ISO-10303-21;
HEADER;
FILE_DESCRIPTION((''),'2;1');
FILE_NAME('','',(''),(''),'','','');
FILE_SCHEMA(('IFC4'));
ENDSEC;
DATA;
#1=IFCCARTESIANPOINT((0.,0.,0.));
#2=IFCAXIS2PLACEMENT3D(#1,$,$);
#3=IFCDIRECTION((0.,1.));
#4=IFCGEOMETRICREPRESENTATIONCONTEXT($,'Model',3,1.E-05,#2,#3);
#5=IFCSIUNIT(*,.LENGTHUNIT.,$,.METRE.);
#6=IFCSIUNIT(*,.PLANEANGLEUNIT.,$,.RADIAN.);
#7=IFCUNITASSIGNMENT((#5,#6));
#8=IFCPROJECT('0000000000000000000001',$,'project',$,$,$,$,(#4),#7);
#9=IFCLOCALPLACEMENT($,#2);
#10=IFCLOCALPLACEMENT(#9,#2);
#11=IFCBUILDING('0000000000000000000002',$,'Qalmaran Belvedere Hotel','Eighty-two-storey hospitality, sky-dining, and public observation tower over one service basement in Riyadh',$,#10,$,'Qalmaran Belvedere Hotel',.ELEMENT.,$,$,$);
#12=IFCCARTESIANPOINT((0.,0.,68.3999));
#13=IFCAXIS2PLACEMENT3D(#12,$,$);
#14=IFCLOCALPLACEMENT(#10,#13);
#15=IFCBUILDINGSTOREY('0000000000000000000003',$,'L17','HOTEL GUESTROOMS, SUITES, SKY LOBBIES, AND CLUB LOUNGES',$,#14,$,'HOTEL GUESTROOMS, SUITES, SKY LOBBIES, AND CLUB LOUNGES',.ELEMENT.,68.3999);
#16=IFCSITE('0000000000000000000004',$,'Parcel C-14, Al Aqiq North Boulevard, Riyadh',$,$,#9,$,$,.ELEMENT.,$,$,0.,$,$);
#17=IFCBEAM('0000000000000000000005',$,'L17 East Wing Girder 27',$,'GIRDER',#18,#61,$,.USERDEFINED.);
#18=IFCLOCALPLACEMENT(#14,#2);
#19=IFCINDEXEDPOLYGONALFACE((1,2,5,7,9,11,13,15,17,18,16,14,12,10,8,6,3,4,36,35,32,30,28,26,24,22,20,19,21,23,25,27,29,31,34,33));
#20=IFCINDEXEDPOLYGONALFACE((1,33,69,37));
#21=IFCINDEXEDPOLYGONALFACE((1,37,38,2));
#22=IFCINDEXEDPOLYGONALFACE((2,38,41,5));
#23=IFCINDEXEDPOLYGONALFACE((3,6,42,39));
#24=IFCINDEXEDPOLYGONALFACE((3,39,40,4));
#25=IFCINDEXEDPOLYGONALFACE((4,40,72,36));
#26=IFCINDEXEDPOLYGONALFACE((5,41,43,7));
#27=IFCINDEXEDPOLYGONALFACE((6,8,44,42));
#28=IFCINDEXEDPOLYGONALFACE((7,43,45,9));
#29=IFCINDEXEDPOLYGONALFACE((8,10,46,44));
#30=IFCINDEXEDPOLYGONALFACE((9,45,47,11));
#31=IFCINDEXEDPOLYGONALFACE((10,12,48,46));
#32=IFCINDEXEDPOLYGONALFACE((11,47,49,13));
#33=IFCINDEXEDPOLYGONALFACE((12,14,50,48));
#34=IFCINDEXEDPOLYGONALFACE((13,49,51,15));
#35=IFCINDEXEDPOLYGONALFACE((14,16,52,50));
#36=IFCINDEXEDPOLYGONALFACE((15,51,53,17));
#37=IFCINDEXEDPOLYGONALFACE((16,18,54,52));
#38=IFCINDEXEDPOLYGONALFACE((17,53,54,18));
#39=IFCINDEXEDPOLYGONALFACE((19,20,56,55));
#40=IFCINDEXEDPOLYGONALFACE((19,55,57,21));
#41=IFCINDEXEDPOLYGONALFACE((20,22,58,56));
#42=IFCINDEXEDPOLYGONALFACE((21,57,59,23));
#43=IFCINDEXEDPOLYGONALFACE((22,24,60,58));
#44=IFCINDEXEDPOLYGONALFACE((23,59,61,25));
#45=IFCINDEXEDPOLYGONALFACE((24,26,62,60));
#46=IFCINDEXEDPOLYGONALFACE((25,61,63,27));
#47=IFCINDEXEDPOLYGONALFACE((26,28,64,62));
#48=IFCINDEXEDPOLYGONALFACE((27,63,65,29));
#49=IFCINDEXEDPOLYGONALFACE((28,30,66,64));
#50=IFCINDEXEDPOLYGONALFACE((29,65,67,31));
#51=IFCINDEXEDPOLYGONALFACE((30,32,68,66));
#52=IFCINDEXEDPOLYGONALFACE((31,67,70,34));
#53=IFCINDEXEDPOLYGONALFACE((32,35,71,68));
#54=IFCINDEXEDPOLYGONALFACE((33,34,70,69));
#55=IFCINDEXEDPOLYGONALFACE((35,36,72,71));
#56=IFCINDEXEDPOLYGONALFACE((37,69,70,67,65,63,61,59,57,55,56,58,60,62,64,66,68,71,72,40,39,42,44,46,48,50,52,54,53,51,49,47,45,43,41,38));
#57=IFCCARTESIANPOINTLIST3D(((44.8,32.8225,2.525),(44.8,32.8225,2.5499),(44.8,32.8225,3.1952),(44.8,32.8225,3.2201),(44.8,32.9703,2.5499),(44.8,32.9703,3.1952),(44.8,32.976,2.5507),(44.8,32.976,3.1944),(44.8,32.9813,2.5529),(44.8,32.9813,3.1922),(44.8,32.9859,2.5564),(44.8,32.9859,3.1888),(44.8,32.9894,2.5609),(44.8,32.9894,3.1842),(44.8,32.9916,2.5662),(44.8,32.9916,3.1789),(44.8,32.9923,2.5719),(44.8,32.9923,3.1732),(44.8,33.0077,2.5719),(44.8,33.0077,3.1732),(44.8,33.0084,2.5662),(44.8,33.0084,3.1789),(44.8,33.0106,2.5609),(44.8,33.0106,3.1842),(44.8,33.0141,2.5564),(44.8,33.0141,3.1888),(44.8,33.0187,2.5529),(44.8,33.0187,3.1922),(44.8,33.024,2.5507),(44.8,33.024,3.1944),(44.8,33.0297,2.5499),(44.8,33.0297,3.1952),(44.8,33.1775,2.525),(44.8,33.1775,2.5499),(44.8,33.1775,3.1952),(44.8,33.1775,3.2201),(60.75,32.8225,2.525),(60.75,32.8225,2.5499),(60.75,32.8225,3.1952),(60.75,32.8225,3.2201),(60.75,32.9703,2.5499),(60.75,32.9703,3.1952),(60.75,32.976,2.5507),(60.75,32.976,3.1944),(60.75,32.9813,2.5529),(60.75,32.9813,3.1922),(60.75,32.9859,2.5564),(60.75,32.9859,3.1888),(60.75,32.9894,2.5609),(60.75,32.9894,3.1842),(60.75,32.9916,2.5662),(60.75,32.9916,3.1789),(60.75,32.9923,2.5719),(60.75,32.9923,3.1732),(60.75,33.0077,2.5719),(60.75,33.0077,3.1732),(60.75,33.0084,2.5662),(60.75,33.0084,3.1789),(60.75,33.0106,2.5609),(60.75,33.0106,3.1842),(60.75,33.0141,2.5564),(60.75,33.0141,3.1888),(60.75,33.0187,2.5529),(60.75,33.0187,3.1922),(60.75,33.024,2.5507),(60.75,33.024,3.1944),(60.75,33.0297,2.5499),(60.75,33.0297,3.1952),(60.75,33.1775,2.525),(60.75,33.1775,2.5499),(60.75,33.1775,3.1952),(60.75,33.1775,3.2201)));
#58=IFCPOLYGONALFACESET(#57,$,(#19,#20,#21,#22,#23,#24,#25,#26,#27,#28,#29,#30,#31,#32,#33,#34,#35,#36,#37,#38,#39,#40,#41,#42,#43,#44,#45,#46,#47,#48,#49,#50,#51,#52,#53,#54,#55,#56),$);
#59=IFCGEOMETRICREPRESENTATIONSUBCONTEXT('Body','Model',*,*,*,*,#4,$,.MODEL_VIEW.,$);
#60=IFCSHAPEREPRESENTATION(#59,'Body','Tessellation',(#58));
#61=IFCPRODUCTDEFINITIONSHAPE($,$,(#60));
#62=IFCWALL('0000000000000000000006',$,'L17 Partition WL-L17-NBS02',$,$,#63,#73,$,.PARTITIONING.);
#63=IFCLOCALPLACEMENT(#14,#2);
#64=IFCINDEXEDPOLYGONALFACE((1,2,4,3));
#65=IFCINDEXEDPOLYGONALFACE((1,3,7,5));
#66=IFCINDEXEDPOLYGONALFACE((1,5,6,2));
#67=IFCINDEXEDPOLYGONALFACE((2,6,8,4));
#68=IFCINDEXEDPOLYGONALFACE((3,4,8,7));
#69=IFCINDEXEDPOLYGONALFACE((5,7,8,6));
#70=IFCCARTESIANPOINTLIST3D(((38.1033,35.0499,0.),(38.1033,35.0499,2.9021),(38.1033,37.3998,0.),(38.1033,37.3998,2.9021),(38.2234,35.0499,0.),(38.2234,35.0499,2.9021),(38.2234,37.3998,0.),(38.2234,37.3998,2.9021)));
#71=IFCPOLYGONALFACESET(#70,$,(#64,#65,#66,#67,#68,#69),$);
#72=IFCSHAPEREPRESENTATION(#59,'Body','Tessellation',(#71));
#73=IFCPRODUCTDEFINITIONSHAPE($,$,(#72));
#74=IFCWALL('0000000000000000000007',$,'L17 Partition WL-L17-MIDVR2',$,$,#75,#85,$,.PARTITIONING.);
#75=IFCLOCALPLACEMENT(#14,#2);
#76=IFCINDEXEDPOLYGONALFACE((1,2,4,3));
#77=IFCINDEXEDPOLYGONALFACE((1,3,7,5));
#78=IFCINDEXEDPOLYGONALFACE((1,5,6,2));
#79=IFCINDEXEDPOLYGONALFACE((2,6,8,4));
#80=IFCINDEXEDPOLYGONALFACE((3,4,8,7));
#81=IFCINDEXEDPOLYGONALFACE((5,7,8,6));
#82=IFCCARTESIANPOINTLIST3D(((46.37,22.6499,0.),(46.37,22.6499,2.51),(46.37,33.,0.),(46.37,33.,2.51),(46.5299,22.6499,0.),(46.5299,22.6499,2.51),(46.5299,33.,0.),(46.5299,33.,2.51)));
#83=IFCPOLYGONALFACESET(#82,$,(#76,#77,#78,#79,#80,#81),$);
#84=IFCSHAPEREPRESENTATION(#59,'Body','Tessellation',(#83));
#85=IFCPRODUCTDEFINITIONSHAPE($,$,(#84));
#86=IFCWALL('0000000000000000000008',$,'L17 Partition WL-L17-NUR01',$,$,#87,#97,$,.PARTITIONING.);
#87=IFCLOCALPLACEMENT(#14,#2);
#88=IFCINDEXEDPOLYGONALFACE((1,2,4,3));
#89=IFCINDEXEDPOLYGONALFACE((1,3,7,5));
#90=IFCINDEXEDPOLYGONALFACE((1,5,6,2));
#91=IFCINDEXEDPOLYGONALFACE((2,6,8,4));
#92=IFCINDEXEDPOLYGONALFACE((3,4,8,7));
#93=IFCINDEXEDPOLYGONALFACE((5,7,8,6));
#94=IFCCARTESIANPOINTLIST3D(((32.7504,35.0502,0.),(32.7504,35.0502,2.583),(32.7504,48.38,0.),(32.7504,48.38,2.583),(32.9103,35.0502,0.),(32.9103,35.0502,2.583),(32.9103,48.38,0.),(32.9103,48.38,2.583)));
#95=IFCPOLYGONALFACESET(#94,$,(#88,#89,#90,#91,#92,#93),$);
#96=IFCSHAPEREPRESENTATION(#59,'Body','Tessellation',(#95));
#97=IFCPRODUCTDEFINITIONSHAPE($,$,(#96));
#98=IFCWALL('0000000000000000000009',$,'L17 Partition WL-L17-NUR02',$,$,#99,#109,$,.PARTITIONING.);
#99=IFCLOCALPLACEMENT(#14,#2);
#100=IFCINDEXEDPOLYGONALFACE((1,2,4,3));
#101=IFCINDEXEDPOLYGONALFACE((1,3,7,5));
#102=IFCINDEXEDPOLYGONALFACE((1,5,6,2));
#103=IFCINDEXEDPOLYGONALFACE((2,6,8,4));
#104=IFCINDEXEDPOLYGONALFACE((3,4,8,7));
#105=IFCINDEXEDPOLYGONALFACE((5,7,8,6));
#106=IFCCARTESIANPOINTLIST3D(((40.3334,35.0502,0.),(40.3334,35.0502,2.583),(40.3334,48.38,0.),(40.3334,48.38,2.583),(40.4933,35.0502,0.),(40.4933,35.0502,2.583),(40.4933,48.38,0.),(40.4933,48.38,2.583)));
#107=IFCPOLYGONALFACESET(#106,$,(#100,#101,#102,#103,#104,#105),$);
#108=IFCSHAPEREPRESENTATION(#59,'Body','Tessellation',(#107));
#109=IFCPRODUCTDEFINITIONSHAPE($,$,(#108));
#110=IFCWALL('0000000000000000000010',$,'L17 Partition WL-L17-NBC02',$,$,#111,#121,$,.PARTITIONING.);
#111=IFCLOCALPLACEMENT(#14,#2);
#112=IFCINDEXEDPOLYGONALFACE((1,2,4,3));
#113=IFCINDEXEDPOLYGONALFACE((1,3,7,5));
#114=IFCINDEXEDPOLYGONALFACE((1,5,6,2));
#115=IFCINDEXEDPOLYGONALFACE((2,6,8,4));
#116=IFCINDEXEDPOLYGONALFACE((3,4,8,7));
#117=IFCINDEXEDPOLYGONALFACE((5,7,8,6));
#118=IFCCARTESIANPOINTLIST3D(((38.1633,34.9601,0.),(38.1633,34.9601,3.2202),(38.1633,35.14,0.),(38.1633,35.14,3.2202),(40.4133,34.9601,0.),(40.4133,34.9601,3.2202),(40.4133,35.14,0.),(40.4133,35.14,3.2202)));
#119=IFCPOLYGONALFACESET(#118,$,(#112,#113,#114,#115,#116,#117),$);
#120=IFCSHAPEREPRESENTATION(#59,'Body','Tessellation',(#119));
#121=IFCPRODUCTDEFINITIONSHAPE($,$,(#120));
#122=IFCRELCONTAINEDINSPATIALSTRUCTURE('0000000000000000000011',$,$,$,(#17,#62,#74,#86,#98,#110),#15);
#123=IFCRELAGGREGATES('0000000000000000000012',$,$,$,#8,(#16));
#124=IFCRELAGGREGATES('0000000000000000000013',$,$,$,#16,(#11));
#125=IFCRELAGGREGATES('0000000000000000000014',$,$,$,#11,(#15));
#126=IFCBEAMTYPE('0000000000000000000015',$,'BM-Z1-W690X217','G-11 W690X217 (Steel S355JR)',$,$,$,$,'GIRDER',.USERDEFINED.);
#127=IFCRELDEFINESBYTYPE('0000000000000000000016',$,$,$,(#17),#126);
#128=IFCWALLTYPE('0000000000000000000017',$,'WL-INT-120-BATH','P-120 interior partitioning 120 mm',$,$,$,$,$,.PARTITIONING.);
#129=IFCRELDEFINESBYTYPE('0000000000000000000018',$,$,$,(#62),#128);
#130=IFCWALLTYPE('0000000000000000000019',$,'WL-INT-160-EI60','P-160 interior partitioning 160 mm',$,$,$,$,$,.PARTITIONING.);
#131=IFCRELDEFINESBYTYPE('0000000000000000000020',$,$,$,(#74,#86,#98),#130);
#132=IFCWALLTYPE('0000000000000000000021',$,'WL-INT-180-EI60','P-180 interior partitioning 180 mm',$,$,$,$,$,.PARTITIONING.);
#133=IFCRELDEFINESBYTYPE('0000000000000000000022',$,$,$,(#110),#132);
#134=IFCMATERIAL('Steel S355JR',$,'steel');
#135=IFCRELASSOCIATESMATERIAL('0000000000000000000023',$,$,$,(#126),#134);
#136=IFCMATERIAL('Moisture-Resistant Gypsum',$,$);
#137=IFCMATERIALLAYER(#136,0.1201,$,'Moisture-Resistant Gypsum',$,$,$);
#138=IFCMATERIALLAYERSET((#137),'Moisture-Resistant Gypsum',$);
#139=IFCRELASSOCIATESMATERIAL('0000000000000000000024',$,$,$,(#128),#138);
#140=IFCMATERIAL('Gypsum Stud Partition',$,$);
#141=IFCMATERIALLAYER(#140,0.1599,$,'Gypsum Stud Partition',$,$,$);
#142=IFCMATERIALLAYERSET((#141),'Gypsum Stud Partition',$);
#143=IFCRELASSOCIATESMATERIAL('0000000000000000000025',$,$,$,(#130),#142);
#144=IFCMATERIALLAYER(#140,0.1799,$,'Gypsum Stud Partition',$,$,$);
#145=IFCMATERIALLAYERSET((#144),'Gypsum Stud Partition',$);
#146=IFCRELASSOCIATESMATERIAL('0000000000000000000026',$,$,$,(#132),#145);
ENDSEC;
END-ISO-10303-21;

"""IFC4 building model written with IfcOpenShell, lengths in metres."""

from ifc_helpers import new_model, si_unit, direction, frame, frame_2d, origin, origin_2d, place, context, subcontext, project, spatial, rectangle, i_section, extrude, material, layer, layer_set, material_profile, profile_set, type_object, element, save


model = new_model("IFC4")

# Units and contexts
model_context = context("Model", 3, precision=1e-05, world=origin(), true_north=direction((0.0, 1.0)))
body_context = subcontext(model_context, "Body", "Model", "MODEL_VIEW")
ifc_project = project(units=[si_unit("LENGTHUNIT", "METRE"), si_unit("PLANEANGLEUNIT", "RADIAN")], contexts=[model_context])

# Site, building, storey
site_placement = place(None, origin())
site = spatial("IfcSite", under=ifc_project, at=site_placement, Name="Parcel C-14, Al Aqiq North Boulevard, Riyadh", CompositionType="ELEMENT", RefElevation=0.0)
building_placement = place(site_placement, origin())
building = spatial("IfcBuilding", under=site, at=building_placement, Name="Qalmaran Belvedere Hotel", Description="Eighty-two-storey hospitality, sky-dining, and public observation tower over one service basement in Riyadh", LongName="Qalmaran Belvedere Hotel", CompositionType="ELEMENT")
storey_placement = place(building_placement, frame((0.0, 0.0, 68.3999)))
storey = spatial("IfcBuildingStorey", under=building, at=storey_placement, Name="L17", Description="HOTEL GUESTROOMS, SUITES, SKY LOBBIES, AND CLUB LOUNGES", LongName="HOTEL GUESTROOMS, SUITES, SKY LOBBIES, AND CLUB LOUNGES", CompositionType="ELEMENT", Elevation=68.3999)

# Beam
ifc_material_1 = material(Name="Steel S355JR", Category="steel")
ifc_material_profile_1 = material_profile(ifc_material_1, i_section(OverallWidth=0.355, OverallDepth=0.6951, WebThickness=0.0154, FlangeThickness=0.0249, FilletRadius=0.022, at=origin_2d()), Name="W690X217")
ifc_profile_set_1 = profile_set([ifc_material_profile_1], Name="Steel S355JR")
beam_type_1 = type_object("IfcBeamType", Name="BM-Z1-W690X217", Description="G-11 W690X217 (Steel S355JR)", ElementType="GIRDER", PredefinedType="USERDEFINED", material=ifc_profile_set_1)
for number, where, z_axis, x_axis, name in (
    (1, (44.8, 33.0, 2.8726), (1.0, 0.0, 0.0), (0.0, 1.0, 0.0), "L17 East Wing Girder 27"),
):
    element("IfcBeam", number, at=place(storey_placement, frame(where, z_axis=z_axis, x_axis=x_axis)), inside=storey, type_object=beam_type_1, Name=name, ObjectType="GIRDER", PredefinedType="USERDEFINED", context=body_context, shape_type="SweptSolid", body=[
        extrude(i_section(OverallWidth=0.355, OverallDepth=0.6951, WebThickness=0.0154, FlangeThickness=0.0249, FilletRadius=0.022, at=origin_2d()), origin(), (0.0, 0.0, 1.0), 15.95),
    ])

# Wall
ifc_material_2 = material(Name="Moisture-Resistant Gypsum")
ifc_layer_1 = layer(ifc_material_2, 0.1201, Name="Moisture-Resistant Gypsum")
ifc_layer_set_1 = layer_set([ifc_layer_1], Name="Moisture-Resistant Gypsum")
wall_type_1 = type_object("IfcWallType", Name="WL-INT-120-BATH", Description="P-120 interior partitioning 120 mm", PredefinedType="PARTITIONING", material=ifc_layer_set_1)
wall_1_placement = place(storey_placement, frame((38.1633, 35.05, 0.0), z_axis=(0.0, 0.0, 1.0), x_axis=(0.0, 1.0, 0.0)))
element("IfcWall", 2, at=wall_1_placement, inside=storey, type_object=wall_type_1, Name="L17 Partition WL-L17-NBS02", PredefinedType="PARTITIONING", context=body_context, shape_type="SweptSolid", body=[
    extrude(rectangle(XDim=2.3499, YDim=0.1201, at=frame_2d((1.1748, 0.0))), origin(), (0.0, 0.0, 1.0), 2.9021),
])

# Shared definitions
ifc_material_3 = material(Name="Gypsum Stud Partition")

# Walls
ifc_layer_2 = layer(ifc_material_3, 0.1599, Name="Gypsum Stud Partition")
ifc_layer_set_2 = layer_set([ifc_layer_2], Name="Gypsum Stud Partition")
wall_type_2 = type_object("IfcWallType", Name="WL-INT-160-EI60", Description="P-160 interior partitioning 160 mm", PredefinedType="PARTITIONING", material=ifc_layer_set_2)
wall_2_placement = place(storey_placement, frame((46.45, 22.6499, 0.0), z_axis=(0.0, 0.0, 1.0), x_axis=(0.0, 1.0, 0.0)))
element("IfcWall", 3, at=wall_2_placement, inside=storey, type_object=wall_type_2, Name="L17 Partition WL-L17-MIDVR2", PredefinedType="PARTITIONING", context=body_context, shape_type="SweptSolid", body=[
    extrude(rectangle(XDim=10.3501, YDim=0.1599, at=frame_2d((5.175, 0.0))), origin(), (0.0, 0.0, 1.0), 2.51),
])
for number, where, z_axis, x_axis, name in (
    (4, (32.8303, 35.05, 0.0), (0.0, 0.0, 1.0), (0.0, 1.0, 0.0), "L17 Partition WL-L17-NUR01"),
    (5, (40.4133, 35.05, 0.0), (0.0, 0.0, 1.0), (0.0, 1.0, 0.0), "L17 Partition WL-L17-NUR02"),
):
    element("IfcWall", number, at=place(storey_placement, frame(where, z_axis=z_axis, x_axis=x_axis)), inside=storey, type_object=wall_type_2, Name=name, PredefinedType="PARTITIONING", context=body_context, shape_type="SweptSolid", body=[
        extrude(rectangle(XDim=13.3298, YDim=0.1599, at=frame_2d((6.665, 0.0))), origin(), (0.0, 0.0, 1.0), 2.583),
    ])
ifc_layer_3 = layer(ifc_material_3, 0.1799, Name="Gypsum Stud Partition")
ifc_layer_set_3 = layer_set([ifc_layer_3], Name="Gypsum Stud Partition")
wall_type_3 = type_object("IfcWallType", Name="WL-INT-180-EI60", Description="P-180 interior partitioning 180 mm", PredefinedType="PARTITIONING", material=ifc_layer_set_3)
wall_3_placement = place(storey_placement, frame((38.1633, 35.05, 0.0), z_axis=(0.0, 0.0, 1.0), x_axis=(1.0, 0.0, 0.0)))
element("IfcWall", 6, at=wall_3_placement, inside=storey, type_object=wall_type_3, Name="L17 Partition WL-L17-NBC02", PredefinedType="PARTITIONING", context=body_context, shape_type="SweptSolid", body=[
    extrude(rectangle(XDim=2.25, YDim=0.1799, at=frame_2d((1.125, 0.0))), origin(), (0.0, 0.0, 1.0), 3.2202),
])

save(model, "model.ifc")
